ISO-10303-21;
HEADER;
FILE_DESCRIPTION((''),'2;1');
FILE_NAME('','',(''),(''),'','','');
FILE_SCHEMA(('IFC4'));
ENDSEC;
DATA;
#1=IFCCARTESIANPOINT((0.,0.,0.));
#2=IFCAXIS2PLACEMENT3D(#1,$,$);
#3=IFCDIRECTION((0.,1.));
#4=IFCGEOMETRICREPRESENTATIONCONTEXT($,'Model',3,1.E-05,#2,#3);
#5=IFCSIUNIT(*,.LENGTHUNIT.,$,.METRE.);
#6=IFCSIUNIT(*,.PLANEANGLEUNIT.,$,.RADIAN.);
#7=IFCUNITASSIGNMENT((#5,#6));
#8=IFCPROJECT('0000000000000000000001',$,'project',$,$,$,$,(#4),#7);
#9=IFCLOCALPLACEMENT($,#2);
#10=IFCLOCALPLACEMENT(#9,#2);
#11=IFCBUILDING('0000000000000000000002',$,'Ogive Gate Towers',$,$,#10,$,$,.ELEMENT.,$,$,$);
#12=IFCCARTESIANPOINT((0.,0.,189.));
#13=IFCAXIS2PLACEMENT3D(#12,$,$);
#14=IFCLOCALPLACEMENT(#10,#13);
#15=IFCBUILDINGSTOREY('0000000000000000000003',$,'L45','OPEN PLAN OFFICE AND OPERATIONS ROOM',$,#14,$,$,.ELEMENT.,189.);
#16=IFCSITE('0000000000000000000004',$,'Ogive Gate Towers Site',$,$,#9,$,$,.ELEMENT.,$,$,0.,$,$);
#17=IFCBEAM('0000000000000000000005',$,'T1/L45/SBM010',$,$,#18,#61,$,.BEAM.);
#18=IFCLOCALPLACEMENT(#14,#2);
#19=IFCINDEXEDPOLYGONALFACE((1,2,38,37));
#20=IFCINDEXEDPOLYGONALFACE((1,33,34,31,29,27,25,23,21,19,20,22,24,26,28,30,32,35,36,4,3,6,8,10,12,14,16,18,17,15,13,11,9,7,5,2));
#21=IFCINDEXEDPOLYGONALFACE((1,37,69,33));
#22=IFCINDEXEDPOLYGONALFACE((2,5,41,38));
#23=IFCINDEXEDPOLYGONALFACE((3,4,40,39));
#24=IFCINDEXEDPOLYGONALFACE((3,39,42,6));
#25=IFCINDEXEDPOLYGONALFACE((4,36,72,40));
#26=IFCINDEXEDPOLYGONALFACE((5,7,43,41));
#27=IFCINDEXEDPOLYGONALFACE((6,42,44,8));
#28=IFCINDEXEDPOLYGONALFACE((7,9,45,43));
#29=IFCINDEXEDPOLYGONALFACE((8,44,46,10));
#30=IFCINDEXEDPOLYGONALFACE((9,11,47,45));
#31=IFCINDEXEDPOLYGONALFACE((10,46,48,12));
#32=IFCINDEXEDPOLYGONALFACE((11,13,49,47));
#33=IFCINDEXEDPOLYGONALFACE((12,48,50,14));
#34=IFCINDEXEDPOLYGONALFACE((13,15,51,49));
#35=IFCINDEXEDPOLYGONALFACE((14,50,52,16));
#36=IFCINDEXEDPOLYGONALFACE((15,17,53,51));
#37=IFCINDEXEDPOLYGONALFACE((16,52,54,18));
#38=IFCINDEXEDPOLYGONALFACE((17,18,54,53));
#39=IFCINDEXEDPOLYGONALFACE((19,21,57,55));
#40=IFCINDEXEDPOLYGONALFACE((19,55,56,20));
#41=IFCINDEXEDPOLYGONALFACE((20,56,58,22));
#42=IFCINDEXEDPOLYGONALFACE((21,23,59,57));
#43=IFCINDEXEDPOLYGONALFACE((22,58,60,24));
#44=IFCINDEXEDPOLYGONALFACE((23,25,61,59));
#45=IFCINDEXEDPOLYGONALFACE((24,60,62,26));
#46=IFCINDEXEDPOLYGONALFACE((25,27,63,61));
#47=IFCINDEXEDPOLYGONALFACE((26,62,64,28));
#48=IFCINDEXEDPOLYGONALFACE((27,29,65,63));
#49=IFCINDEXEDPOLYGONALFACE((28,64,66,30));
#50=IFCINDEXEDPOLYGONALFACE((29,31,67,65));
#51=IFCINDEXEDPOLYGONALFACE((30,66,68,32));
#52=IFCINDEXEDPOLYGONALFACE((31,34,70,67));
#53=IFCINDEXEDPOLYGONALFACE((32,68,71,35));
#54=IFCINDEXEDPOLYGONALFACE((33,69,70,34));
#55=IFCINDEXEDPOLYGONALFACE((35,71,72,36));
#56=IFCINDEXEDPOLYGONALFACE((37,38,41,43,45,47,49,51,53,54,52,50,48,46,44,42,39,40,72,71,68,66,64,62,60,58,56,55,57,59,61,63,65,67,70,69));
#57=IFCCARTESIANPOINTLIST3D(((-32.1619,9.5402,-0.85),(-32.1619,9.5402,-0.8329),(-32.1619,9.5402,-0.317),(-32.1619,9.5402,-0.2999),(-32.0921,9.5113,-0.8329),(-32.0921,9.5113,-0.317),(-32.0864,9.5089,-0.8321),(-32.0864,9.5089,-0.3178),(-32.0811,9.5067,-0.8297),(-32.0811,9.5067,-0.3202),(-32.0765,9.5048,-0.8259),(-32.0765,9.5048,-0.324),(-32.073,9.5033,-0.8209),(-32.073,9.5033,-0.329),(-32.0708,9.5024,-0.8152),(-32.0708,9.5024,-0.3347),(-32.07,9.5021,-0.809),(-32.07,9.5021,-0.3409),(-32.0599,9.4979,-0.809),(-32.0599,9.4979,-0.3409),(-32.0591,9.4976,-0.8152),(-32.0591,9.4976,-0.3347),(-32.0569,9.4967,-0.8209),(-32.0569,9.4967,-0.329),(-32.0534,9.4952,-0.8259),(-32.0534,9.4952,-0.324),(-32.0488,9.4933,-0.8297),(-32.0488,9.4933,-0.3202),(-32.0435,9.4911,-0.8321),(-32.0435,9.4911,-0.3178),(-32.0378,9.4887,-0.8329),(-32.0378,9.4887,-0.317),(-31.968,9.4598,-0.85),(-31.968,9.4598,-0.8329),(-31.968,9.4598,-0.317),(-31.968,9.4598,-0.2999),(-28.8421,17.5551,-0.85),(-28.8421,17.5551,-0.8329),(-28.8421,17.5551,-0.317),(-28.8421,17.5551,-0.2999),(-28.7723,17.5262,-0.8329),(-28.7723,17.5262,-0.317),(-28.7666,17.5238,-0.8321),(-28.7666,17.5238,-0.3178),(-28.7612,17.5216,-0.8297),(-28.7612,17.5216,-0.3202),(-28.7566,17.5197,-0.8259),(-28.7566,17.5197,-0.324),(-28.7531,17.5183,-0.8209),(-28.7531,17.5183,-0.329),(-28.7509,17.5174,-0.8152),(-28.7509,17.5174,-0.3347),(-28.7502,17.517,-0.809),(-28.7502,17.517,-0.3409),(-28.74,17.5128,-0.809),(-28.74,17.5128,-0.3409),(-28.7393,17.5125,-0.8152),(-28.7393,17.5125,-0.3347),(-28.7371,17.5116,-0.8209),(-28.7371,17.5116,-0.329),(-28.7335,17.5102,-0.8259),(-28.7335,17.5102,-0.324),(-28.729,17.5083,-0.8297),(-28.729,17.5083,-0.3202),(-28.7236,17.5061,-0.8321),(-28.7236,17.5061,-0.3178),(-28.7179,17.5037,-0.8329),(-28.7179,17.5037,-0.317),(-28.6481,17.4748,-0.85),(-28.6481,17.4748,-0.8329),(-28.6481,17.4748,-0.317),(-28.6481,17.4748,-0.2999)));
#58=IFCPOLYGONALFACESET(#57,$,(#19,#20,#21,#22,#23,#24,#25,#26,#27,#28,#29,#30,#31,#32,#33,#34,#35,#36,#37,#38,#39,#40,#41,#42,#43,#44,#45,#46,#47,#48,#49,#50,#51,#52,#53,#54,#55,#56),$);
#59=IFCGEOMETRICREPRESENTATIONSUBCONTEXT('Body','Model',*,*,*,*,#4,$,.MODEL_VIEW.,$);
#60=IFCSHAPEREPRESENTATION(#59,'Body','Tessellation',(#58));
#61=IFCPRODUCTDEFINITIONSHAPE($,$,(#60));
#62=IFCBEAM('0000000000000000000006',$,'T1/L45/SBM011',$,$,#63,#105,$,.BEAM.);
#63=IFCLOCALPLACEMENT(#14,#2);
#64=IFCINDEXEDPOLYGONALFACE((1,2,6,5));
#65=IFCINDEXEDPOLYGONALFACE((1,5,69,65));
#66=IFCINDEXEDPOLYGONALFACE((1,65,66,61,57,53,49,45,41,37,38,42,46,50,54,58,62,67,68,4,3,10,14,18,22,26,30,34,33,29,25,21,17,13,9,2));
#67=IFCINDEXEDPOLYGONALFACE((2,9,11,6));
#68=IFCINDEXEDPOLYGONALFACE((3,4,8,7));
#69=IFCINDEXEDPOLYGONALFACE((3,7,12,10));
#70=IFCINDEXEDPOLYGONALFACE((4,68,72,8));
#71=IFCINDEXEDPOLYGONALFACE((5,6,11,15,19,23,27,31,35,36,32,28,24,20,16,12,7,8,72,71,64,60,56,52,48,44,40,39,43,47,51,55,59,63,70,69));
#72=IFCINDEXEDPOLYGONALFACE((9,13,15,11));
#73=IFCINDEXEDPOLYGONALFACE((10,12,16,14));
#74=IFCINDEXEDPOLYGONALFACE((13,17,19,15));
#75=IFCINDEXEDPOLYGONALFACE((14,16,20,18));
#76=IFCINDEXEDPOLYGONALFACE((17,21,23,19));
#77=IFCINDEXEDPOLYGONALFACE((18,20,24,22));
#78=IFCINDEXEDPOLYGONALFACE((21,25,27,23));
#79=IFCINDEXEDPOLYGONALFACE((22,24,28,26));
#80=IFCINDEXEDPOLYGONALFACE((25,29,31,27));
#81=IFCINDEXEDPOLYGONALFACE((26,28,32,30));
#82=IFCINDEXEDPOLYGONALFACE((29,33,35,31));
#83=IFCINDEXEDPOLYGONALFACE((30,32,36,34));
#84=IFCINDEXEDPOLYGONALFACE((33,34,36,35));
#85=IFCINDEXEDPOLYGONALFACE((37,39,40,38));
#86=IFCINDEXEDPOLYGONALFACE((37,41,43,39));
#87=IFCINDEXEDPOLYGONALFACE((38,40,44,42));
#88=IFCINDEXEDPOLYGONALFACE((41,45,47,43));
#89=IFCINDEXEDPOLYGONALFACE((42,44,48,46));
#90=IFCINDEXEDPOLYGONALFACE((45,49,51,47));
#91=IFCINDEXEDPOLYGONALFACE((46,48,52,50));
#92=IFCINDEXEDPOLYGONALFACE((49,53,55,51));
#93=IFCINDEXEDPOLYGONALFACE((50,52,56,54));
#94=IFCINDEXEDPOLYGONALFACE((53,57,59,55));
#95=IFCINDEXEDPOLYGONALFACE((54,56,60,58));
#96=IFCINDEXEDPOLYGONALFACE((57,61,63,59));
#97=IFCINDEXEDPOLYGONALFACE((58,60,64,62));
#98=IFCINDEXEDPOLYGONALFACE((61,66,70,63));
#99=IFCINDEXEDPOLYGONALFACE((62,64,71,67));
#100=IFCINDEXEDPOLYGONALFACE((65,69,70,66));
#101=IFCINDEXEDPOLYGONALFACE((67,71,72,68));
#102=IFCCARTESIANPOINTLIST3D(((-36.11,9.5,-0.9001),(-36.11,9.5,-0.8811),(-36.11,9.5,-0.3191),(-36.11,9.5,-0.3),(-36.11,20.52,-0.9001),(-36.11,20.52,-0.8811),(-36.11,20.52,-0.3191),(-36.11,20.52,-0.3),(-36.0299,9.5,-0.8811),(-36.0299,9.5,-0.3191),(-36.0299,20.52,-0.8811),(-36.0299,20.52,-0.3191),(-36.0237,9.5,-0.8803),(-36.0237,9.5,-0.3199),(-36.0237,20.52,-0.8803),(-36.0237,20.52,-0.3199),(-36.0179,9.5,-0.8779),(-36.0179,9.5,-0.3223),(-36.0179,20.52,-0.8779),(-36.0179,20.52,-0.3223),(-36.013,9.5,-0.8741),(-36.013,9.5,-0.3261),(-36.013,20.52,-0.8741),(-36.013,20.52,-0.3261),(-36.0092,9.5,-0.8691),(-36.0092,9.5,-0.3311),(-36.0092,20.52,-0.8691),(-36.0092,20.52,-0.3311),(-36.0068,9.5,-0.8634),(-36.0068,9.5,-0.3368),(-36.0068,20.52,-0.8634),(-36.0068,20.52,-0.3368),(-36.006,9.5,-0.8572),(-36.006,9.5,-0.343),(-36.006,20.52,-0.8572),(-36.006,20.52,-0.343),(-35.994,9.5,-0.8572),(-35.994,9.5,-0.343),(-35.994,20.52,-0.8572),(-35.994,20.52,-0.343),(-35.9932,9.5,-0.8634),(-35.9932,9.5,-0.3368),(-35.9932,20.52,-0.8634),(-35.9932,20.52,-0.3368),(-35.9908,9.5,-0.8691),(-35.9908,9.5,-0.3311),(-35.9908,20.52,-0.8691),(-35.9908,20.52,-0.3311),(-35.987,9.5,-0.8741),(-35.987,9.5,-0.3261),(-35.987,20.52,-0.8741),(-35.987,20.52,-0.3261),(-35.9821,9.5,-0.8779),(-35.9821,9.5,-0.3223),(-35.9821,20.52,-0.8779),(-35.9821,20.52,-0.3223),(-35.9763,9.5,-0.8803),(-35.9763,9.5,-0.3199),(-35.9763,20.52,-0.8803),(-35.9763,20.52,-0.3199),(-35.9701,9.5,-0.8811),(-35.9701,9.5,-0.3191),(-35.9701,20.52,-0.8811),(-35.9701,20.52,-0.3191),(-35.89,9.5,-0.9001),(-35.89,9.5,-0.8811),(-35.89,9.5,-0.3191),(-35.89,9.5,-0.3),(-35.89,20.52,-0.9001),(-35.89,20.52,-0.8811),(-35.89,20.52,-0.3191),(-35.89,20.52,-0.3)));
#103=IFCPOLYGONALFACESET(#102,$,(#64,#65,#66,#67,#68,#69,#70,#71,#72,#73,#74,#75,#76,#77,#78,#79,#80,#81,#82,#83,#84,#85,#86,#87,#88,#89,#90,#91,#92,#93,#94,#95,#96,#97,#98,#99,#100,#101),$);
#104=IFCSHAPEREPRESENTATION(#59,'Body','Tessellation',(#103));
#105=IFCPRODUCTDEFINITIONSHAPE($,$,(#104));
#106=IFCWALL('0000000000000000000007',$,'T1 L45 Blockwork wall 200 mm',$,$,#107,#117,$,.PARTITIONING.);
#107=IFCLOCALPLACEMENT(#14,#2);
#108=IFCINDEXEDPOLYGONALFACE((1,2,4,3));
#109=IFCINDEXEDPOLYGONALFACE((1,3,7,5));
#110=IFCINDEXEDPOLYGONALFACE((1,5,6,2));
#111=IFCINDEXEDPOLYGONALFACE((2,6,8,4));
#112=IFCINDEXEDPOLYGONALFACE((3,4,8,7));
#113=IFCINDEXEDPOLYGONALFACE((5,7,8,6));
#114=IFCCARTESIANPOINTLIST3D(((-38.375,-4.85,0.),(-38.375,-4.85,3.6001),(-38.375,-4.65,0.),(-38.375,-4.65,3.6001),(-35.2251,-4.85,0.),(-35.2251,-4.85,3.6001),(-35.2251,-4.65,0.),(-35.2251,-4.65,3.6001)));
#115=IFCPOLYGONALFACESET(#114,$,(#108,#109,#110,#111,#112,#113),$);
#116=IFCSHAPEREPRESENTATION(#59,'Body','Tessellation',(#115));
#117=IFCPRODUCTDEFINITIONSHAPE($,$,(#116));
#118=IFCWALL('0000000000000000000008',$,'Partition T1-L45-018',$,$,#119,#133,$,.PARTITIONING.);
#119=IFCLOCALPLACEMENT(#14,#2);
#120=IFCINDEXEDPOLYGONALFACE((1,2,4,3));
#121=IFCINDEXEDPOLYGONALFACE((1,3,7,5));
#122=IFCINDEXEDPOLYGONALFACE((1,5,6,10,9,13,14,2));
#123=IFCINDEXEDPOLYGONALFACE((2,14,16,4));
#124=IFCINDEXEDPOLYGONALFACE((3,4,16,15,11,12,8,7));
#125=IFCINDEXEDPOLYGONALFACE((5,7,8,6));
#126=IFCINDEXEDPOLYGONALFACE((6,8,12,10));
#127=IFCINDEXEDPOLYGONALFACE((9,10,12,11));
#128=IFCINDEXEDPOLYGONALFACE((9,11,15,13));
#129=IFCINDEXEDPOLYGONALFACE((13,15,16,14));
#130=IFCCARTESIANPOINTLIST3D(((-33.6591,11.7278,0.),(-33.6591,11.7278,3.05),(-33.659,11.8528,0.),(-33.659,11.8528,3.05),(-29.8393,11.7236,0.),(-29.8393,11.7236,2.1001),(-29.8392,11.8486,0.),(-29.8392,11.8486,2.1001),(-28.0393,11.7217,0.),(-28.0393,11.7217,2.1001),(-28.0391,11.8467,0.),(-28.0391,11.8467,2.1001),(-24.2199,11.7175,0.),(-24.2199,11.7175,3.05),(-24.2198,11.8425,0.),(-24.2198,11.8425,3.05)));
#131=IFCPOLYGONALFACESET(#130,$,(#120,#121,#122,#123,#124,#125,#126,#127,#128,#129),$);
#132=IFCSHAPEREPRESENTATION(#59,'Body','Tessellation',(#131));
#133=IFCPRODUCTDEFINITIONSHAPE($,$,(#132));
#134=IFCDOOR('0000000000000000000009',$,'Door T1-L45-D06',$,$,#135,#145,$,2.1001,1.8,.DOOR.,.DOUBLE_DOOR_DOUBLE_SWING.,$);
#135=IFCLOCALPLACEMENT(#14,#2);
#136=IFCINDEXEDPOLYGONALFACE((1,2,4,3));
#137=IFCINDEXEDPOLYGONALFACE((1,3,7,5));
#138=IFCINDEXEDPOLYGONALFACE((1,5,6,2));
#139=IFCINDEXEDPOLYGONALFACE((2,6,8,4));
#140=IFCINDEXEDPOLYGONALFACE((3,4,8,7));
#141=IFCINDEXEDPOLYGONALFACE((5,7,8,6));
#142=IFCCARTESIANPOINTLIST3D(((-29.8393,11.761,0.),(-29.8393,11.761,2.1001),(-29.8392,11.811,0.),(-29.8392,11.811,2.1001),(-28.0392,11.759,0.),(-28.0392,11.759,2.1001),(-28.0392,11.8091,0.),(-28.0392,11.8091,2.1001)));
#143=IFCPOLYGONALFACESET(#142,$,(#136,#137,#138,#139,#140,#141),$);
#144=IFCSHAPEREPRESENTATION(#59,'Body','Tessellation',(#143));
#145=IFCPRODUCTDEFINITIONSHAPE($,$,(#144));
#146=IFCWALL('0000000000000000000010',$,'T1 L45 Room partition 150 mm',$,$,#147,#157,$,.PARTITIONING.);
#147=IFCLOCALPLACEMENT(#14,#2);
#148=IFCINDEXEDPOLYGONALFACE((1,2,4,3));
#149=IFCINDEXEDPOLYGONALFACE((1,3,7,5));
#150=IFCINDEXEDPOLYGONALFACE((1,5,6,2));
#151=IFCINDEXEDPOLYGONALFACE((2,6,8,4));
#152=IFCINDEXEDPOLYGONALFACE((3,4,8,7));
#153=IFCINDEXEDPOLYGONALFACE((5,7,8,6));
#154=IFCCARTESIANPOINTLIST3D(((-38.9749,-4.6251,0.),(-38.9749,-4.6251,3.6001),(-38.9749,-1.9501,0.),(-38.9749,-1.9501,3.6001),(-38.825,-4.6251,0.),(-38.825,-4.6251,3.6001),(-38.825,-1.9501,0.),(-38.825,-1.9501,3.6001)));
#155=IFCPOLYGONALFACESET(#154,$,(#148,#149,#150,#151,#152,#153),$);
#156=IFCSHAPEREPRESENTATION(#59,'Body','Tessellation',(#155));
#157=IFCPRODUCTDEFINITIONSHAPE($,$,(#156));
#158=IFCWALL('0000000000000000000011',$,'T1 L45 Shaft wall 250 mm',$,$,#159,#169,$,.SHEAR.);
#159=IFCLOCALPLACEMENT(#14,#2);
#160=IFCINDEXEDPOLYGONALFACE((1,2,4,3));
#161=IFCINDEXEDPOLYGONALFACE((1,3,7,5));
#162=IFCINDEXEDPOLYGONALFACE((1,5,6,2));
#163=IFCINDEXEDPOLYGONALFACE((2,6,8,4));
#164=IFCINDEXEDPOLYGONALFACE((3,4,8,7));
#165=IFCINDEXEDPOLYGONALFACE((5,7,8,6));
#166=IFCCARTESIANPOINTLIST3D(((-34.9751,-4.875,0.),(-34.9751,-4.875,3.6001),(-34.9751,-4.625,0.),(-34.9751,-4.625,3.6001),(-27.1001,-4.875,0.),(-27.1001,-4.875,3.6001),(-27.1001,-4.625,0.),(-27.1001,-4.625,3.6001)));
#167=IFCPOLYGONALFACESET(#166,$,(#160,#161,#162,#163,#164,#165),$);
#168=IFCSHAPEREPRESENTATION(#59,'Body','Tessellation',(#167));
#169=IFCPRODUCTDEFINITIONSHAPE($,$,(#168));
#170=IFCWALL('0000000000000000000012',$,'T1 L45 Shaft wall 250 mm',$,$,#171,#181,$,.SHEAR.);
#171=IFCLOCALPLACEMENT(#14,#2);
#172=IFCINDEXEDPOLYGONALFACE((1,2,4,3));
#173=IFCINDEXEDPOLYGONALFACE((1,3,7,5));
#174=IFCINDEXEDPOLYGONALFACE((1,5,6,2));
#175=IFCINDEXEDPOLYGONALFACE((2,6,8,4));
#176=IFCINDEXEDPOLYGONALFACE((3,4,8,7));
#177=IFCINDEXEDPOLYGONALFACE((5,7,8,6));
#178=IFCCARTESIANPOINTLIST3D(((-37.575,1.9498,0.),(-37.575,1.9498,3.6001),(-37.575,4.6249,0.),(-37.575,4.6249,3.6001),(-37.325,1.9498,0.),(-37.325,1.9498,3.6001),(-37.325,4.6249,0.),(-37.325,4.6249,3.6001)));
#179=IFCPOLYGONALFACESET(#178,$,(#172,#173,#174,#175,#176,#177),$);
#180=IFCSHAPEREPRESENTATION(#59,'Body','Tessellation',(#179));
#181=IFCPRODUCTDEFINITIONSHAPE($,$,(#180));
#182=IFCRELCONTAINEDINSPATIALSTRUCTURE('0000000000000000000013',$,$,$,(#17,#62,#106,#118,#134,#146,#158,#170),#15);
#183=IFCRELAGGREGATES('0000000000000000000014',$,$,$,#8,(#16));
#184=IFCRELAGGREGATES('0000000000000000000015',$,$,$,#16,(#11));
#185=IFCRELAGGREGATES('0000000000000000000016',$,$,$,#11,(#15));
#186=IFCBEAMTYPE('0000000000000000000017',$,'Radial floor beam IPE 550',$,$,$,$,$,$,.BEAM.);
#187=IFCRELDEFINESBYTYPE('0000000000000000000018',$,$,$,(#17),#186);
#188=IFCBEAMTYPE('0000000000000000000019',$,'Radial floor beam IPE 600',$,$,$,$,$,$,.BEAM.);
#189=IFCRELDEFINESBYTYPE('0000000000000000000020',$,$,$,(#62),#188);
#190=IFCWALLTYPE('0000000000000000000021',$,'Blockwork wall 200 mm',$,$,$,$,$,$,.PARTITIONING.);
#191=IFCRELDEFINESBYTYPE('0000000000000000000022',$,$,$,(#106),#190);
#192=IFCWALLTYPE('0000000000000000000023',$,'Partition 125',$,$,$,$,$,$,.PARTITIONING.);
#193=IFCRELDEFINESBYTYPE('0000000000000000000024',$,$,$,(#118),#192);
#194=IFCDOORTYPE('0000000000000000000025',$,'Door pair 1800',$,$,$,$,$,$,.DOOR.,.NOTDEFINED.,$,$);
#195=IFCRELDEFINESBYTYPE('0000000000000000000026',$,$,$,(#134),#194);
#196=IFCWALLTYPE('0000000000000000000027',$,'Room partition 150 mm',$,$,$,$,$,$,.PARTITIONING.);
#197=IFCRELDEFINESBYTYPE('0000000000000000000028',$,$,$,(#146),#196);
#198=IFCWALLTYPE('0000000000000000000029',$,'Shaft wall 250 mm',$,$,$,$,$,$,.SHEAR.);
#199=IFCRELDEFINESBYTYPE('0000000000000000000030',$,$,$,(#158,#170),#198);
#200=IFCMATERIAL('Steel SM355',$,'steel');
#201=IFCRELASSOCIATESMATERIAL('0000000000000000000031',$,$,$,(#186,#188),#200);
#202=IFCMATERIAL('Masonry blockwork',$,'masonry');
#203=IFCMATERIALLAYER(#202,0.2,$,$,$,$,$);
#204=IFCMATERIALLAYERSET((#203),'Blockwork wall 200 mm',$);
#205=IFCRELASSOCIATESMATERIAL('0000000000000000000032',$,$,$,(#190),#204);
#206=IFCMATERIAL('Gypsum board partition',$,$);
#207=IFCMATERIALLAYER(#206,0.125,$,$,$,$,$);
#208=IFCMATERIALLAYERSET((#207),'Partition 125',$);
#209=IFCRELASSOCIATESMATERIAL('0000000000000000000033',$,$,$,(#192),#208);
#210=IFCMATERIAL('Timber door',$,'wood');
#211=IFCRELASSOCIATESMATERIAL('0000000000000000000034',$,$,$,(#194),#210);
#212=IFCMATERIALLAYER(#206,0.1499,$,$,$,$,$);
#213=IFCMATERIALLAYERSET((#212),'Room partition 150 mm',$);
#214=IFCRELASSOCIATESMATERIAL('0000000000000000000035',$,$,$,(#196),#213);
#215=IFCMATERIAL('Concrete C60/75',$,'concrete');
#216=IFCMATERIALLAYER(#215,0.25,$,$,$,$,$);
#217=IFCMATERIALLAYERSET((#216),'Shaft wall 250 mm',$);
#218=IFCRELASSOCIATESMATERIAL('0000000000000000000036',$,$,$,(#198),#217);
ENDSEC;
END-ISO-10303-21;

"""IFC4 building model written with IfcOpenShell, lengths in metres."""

from ifc_helpers import new_model, si_unit, direction, frame, frame_2d, origin, origin_2d, place, context, subcontext, project, spatial, rectangle, i_section, extrude, material, layer, layer_set, material_profile, profile_set, type_object, element, fill, save


model = new_model("IFC4")

# Units and contexts
model_context = context("Model", 3, precision=1e-05, world=origin(), true_north=direction((0.0, 1.0)))
body_context = subcontext(model_context, "Body", "Model", "MODEL_VIEW")
ifc_project = project(units=[si_unit("LENGTHUNIT", "METRE"), si_unit("PLANEANGLEUNIT", "RADIAN")], contexts=[model_context])

# Site, building, storey
site_placement = place(None, origin())
site = spatial("IfcSite", under=ifc_project, at=site_placement, Name="Ogive Gate Towers Site", CompositionType="ELEMENT", RefElevation=0.0)
building_placement = place(site_placement, origin())
building = spatial("IfcBuilding", under=site, at=building_placement, Name="Ogive Gate Towers", CompositionType="ELEMENT")
storey_placement = place(building_placement, frame((0.0, 0.0, 189.0)))
storey = spatial("IfcBuildingStorey", under=building, at=storey_placement, Name="L45", Description="OPEN PLAN OFFICE AND OPERATIONS ROOM", CompositionType="ELEMENT", Elevation=189.0)

# Beams
ifc_material_1 = material(Name="Steel SM355", Category="steel")
ifc_material_profile_1 = material_profile(ifc_material_1, i_section(OverallWidth=0.21, OverallDepth=0.55, WebThickness=0.011, FlangeThickness=0.0171, FilletRadius=0.0239, at=origin_2d()), Name="IPE 550")
ifc_profile_set_1 = profile_set([ifc_material_profile_1], Name="Steel SM355")
beam_type_1 = type_object("IfcBeamType", Name="Radial floor beam IPE 550", PredefinedType="BEAM", material=ifc_profile_set_1)
beam_1_placement = place(storey_placement, frame((-32.0649, 9.5, -0.575), z_axis=(0.382678, 0.923882, 0.0), x_axis=(-0.923882, 0.382678, 0.0)))
element("IfcBeam", 1, at=beam_1_placement, inside=storey, type_object=beam_type_1, Name="T1/L45/SBM010", PredefinedType="BEAM", context=body_context, shape_type="SweptSolid", body=[
    extrude(i_section(OverallWidth=0.21, OverallDepth=0.55, WebThickness=0.011, FlangeThickness=0.0171, FilletRadius=0.0239, at=origin_2d()), origin(), (0.0, 0.0, 1.0), 8.6753),
])
ifc_material_profile_2 = material_profile(ifc_material_1, i_section(OverallWidth=0.22, OverallDepth=0.6001, WebThickness=0.012, FlangeThickness=0.019, FilletRadius=0.0239, at=origin_2d()), Name="IPE 600")
ifc_profile_set_2 = profile_set([ifc_material_profile_2], Name="Steel SM355")
beam_type_2 = type_object("IfcBeamType", Name="Radial floor beam IPE 600", PredefinedType="BEAM", material=ifc_profile_set_2)
beam_2_placement = place(storey_placement, frame((-36.0, 9.5, -0.6001), z_axis=(0.0, 1.0, 0.0), x_axis=(-1.0, 0.0, 0.0)))
element("IfcBeam", 2, at=beam_2_placement, inside=storey, type_object=beam_type_2, Name="T1/L45/SBM011", PredefinedType="BEAM", context=body_context, shape_type="SweptSolid", body=[
    extrude(i_section(OverallWidth=0.22, OverallDepth=0.6001, WebThickness=0.012, FlangeThickness=0.019, FilletRadius=0.0239, at=origin_2d()), origin(), (0.0, 0.0, 1.0), 11.02),
])

# Wall
ifc_material_2 = material(Name="Masonry blockwork", Category="masonry")
ifc_layer_1 = layer(ifc_material_2, 0.2)
ifc_layer_set_1 = layer_set([ifc_layer_1], Name="Blockwork wall 200 mm")
wall_type_1 = type_object("IfcWallType", Name="Blockwork wall 200 mm", PredefinedType="PARTITIONING", material=ifc_layer_set_1)
wall_1_placement = place(storey_placement, frame((-38.375, -4.75, 0.0), z_axis=(0.0, 0.0, 1.0), x_axis=(1.0, 0.0, 0.0)))
element("IfcWall", 3, at=wall_1_placement, inside=storey, type_object=wall_type_1, Name="T1 L45 Blockwork wall 200 mm", PredefinedType="PARTITIONING", context=body_context, shape_type="SweptSolid", body=[
    extrude(rectangle(XDim=3.1499, YDim=0.2, at=frame_2d((1.575, 0.0))), origin(), (0.0, 0.0, 1.0), 3.6001),
])

# Wall, opening, door
ifc_material_3 = material(Name="Gypsum board partition")
ifc_layer_2 = layer(ifc_material_3, 0.125)
ifc_layer_set_2 = layer_set([ifc_layer_2], Name="Partition 125")
wall_type_2 = type_object("IfcWallType", Name="Partition 125", PredefinedType="PARTITIONING", material=ifc_layer_set_2)
wall_2_placement = place(storey_placement, frame((-33.6592, 11.7903, 0.0), z_axis=(0.0, 0.0, 1.0), x_axis=(0.999999, -0.001086, 0.0)))
wall_2 = element("IfcWall", 4, at=wall_2_placement, inside=storey, type_object=wall_type_2, Name="Partition T1-L45-018", PredefinedType="PARTITIONING", context=body_context, shape_type="SweptSolid", body=[
    extrude(rectangle(XDim=9.4392, YDim=0.125, at=frame_2d((4.7197, 0.0))), origin(), (0.0, 0.0, 1.0), 3.05),
])
opening_1_placement = place(wall_2_placement, frame((3.8201, 0.0, 0.0)))
opening_1 = element("IfcOpeningElement", 5, at=opening_1_placement, cuts=wall_2, PredefinedType="OPENING", context=body_context, shape_type="SweptSolid", body=[
    extrude(rectangle(XDim=1.8, YDim=2.1001, at=frame_2d((0.8999, 1.05))), frame((0.0, 0.0725, 0.0), z_axis=(0.0, -1.0, 0.0), x_axis=(1.0, 0.0, 0.0)), (0.0, 0.0, 1.0), 0.145),
])
ifc_material_4 = material(Name="Timber door", Category="wood")
door_type_1 = type_object("IfcDoorType", Name="Door pair 1800", OperationType="NOTDEFINED", PredefinedType="DOOR", material=ifc_material_4)
door_1_placement = place(opening_1_placement, origin())
door_1 = element("IfcDoor", 6, at=door_1_placement, inside=storey, type_object=door_type_1, Name="Door T1-L45-D06", OperationType="DOUBLE_DOOR_DOUBLE_SWING", OverallHeight=2.1001, OverallWidth=1.8, PredefinedType="DOOR", context=body_context, shape_type="SweptSolid", body=[
    extrude(rectangle(XDim=1.8, YDim=2.1001, at=frame_2d((0.8999, 1.05))), frame((0.0, 0.0249, 0.0), z_axis=(0.0, -1.0, 0.0), x_axis=(1.0, 0.0, 0.0)), (0.0, 0.0, 1.0), 0.05),
])
fill(opening_1, door_1)

# Walls
ifc_layer_3 = layer(ifc_material_3, 0.1499)
ifc_layer_set_3 = layer_set([ifc_layer_3], Name="Room partition 150 mm")
wall_type_3 = type_object("IfcWallType", Name="Room partition 150 mm", PredefinedType="PARTITIONING", material=ifc_layer_set_3)
wall_3_placement = place(storey_placement, frame((-38.8999, -4.625, 0.0), z_axis=(0.0, 0.0, 1.0), x_axis=(0.0, 1.0, 0.0)))
element("IfcWall", 7, at=wall_3_placement, inside=storey, type_object=wall_type_3, Name="T1 L45 Room partition 150 mm", PredefinedType="PARTITIONING", context=body_context, shape_type="SweptSolid", body=[
    extrude(rectangle(XDim=2.675, YDim=0.1499, at=frame_2d((1.3374, 0.0))), origin(), (0.0, 0.0, 1.0), 3.6001),
])
ifc_material_5 = material(Name="Concrete C60/75", Category="concrete")
ifc_layer_4 = layer(ifc_material_5, 0.25)
ifc_layer_set_4 = layer_set([ifc_layer_4], Name="Shaft wall 250 mm")
wall_type_4 = type_object("IfcWallType", Name="Shaft wall 250 mm", PredefinedType="SHEAR", material=ifc_layer_set_4)
wall_4_placement = place(storey_placement, frame((-34.9751, -4.75, 0.0), z_axis=(0.0, 0.0, 1.0), x_axis=(1.0, 0.0, 0.0)))
element("IfcWall", 8, at=wall_4_placement, inside=storey, type_object=wall_type_4, Name="T1 L45 Shaft wall 250 mm", PredefinedType="SHEAR", context=body_context, shape_type="SweptSolid", body=[
    extrude(rectangle(XDim=7.875, YDim=0.25, at=frame_2d((3.9375, 0.0))), origin(), (0.0, 0.0, 1.0), 3.6001),
])
wall_5_placement = place(storey_placement, frame((-37.45, 1.95, 0.0), z_axis=(0.0, 0.0, 1.0), x_axis=(0.0, 1.0, 0.0)))
element("IfcWall", 9, at=wall_5_placement, inside=storey, type_object=wall_type_4, Name="T1 L45 Shaft wall 250 mm", PredefinedType="SHEAR", context=body_context, shape_type="SweptSolid", body=[
    extrude(rectangle(XDim=2.675, YDim=0.25, at=frame_2d((1.3374, 0.0))), origin(), (0.0, 0.0, 1.0), 3.6001),
])

save(model, "model.ifc")
